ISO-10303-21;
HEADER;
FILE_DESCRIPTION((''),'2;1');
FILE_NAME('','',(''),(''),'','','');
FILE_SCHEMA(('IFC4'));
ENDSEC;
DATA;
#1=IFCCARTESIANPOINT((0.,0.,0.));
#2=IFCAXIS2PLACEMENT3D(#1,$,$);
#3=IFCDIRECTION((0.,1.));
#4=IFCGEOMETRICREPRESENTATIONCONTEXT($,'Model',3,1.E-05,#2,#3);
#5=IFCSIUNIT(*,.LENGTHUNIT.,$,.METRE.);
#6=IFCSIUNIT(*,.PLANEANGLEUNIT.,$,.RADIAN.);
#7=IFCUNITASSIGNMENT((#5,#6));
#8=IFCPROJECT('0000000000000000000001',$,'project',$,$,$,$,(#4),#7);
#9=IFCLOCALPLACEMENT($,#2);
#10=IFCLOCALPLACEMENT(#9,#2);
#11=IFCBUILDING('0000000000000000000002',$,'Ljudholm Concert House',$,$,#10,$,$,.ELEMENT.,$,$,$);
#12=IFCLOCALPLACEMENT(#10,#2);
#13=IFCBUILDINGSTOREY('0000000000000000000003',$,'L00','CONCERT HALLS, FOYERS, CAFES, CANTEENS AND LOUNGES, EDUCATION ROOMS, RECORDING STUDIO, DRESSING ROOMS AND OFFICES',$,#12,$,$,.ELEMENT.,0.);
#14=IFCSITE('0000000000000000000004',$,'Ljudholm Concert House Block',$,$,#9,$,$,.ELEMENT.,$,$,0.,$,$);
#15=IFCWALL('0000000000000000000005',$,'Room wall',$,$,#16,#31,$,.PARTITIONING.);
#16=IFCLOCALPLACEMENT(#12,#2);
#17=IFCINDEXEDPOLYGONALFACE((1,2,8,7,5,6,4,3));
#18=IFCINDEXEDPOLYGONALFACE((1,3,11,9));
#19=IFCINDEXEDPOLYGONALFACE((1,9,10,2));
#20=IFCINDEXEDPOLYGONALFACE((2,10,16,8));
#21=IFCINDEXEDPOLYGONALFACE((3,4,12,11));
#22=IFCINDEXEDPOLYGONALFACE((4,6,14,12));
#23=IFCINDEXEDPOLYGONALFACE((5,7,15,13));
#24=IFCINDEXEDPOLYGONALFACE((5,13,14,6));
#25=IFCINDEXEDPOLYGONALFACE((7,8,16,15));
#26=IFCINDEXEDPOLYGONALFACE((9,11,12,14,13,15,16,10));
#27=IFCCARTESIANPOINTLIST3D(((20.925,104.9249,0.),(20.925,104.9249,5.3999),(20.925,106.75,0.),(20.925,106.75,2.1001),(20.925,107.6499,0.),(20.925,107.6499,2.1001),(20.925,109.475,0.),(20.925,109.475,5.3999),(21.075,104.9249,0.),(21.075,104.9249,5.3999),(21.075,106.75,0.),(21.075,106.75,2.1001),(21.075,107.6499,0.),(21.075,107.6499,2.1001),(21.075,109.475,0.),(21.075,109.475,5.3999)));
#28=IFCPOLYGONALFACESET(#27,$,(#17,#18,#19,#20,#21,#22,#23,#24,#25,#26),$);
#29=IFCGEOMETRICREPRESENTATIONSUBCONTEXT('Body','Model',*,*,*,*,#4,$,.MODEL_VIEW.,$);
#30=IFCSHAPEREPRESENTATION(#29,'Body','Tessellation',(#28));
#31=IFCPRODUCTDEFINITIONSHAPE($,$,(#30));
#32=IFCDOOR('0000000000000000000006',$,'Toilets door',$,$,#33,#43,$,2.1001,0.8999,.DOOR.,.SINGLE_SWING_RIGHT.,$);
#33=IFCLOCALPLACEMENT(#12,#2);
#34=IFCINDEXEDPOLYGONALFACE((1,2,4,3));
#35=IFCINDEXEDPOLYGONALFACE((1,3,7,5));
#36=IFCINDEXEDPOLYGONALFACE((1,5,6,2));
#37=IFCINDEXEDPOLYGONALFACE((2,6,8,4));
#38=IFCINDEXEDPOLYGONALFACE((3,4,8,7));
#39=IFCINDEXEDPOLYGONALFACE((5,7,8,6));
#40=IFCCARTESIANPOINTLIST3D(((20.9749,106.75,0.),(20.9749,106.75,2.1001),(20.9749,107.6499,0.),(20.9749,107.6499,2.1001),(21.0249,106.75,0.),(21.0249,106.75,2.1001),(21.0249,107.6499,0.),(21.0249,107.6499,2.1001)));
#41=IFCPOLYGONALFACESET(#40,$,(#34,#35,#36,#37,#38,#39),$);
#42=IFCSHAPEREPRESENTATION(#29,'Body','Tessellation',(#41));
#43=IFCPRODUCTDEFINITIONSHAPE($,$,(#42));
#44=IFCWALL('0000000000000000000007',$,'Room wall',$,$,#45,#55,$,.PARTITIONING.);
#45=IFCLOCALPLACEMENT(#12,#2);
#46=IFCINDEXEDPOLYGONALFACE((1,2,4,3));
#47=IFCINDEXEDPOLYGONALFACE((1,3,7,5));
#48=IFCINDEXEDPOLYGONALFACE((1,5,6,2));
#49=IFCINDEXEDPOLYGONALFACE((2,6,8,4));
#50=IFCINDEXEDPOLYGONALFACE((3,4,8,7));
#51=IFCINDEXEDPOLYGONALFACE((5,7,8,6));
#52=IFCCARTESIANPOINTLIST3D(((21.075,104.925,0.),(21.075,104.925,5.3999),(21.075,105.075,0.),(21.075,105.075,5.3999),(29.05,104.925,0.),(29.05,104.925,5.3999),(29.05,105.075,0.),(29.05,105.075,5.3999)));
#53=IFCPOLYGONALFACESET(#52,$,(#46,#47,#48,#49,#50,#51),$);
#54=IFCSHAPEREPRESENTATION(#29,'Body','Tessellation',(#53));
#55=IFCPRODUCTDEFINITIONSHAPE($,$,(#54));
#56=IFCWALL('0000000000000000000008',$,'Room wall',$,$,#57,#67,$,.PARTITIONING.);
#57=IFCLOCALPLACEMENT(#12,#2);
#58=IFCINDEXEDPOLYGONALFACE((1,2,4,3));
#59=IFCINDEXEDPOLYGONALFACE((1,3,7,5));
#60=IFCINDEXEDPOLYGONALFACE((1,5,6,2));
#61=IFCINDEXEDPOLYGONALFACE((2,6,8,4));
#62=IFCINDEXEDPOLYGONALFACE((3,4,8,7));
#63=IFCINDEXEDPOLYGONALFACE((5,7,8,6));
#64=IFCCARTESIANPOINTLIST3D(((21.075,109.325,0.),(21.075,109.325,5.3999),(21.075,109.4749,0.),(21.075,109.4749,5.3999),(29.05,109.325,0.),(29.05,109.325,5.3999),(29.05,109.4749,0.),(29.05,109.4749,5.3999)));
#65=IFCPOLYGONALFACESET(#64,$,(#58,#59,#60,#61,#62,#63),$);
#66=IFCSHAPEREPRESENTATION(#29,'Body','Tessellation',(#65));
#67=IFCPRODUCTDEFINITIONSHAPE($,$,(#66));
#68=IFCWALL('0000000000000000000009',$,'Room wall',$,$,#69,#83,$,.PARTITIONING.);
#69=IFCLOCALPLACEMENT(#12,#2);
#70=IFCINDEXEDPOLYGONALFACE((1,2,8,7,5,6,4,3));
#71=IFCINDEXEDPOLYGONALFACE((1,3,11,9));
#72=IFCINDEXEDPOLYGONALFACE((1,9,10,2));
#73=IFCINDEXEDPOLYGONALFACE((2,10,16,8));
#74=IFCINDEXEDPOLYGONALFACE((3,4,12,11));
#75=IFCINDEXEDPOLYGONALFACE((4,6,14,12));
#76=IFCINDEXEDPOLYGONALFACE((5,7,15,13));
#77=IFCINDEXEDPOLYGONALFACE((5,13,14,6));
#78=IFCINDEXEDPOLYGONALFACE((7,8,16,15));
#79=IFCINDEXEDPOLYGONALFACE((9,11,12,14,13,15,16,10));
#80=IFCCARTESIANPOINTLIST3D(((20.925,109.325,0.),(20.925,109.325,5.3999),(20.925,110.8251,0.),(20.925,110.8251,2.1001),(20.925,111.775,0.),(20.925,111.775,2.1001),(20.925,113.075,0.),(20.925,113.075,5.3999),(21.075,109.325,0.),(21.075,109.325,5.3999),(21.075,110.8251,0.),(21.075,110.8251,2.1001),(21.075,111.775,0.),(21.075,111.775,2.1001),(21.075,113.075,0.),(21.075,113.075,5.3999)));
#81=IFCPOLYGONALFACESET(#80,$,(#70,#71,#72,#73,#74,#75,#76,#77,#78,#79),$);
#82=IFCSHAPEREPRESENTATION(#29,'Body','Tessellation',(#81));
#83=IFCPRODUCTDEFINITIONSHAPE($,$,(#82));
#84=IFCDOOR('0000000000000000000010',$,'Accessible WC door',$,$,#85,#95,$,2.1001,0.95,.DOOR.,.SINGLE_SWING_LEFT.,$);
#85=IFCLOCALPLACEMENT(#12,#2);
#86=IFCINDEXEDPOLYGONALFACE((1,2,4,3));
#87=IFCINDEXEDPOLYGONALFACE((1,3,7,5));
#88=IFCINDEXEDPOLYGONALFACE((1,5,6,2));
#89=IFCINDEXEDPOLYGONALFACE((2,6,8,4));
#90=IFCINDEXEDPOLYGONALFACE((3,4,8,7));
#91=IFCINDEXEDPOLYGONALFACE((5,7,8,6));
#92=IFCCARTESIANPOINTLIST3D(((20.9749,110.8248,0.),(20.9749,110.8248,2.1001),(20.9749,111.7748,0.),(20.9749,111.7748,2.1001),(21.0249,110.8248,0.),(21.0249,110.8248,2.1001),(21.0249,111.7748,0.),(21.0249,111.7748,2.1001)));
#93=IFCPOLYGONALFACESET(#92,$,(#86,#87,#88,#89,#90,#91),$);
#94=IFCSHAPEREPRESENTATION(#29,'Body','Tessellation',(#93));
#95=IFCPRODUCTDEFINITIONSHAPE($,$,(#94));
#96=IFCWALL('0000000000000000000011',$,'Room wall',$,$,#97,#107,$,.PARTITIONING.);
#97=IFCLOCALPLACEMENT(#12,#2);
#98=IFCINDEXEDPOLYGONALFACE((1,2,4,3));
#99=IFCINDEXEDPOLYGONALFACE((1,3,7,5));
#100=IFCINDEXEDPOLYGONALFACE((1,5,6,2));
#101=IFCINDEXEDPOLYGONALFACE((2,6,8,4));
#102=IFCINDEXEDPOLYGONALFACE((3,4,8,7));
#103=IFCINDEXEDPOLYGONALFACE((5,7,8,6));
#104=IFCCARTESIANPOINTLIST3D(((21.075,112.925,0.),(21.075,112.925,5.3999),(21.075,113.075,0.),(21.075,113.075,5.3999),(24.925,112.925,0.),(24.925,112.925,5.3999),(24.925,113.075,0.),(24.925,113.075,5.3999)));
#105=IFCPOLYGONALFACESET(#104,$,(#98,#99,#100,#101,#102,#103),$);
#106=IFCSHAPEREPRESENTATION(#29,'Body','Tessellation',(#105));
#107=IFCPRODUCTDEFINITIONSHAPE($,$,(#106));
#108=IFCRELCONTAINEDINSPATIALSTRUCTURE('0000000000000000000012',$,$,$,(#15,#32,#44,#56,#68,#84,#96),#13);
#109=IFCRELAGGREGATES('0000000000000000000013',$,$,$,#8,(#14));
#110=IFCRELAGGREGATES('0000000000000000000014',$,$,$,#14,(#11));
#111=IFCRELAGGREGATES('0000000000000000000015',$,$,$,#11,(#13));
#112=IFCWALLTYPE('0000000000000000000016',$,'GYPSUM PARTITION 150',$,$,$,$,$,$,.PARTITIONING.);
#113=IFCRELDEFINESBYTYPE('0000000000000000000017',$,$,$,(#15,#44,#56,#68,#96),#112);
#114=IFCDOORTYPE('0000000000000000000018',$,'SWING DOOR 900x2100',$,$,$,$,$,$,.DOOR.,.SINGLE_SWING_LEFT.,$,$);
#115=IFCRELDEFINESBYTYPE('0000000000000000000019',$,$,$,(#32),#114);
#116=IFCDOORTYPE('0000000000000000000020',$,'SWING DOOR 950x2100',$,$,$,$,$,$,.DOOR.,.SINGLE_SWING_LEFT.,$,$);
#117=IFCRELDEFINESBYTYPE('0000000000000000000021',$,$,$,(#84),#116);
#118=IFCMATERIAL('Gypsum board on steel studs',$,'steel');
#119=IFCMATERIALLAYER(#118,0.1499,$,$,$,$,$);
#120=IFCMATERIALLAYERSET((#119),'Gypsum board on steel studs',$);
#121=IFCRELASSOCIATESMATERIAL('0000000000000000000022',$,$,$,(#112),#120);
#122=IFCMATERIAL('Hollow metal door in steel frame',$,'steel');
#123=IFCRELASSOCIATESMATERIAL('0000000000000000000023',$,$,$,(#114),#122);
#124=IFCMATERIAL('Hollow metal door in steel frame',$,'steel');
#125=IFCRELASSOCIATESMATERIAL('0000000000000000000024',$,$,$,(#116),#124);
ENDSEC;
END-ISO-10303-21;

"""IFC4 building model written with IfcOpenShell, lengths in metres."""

from ifc_helpers import new_model, si_unit, direction, frame, frame_2d, origin, place, context, subcontext, project, spatial, rectangle, extrude, material, layer, layer_set, type_object, element, fill, save


model = new_model("IFC4")

# Units and contexts
model_context = context("Model", 3, precision=1e-05, world=origin(), true_north=direction((0.0, 1.0)))
body_context = subcontext(model_context, "Body", "Model", "MODEL_VIEW")
ifc_project = project(units=[si_unit("LENGTHUNIT", "METRE"), si_unit("PLANEANGLEUNIT", "RADIAN")], contexts=[model_context])

# Site, building, storey
site_placement = place(None, origin())
site = spatial("IfcSite", under=ifc_project, at=site_placement, Name="Ljudholm Concert House Block", CompositionType="ELEMENT", RefElevation=0.0)
building_placement = place(site_placement, origin())
building = spatial("IfcBuilding", under=site, at=building_placement, Name="Ljudholm Concert House", CompositionType="ELEMENT")
storey_placement = place(building_placement, origin())
storey = spatial("IfcBuildingStorey", under=building, at=storey_placement, Name="L00", Description="CONCERT HALLS, FOYERS, CAFES, CANTEENS AND LOUNGES, EDUCATION ROOMS, RECORDING STUDIO, DRESSING ROOMS AND OFFICES", CompositionType="ELEMENT", Elevation=0.0)

# Wall, opening, door
ifc_material_1 = material(Name="Gypsum board on steel studs", Category="steel")
ifc_layer_1 = layer(ifc_material_1, 0.1499)
ifc_layer_set_1 = layer_set([ifc_layer_1], Name="Gypsum board on steel studs")
wall_type_1 = type_object("IfcWallType", Name="GYPSUM PARTITION 150", PredefinedType="PARTITIONING", material=ifc_layer_set_1)
wall_1_placement = place(storey_placement, frame((21.0, 104.925, 0.0), z_axis=(0.0, 0.0, 1.0), x_axis=(0.0, 1.0, 0.0)))
wall_1 = element("IfcWall", 1, at=wall_1_placement, inside=storey, type_object=wall_type_1, Name="Room wall", PredefinedType="PARTITIONING", context=body_context, shape_type="SweptSolid", body=[
    extrude(rectangle(XDim=4.55, YDim=0.1499, at=frame_2d((2.2749, 0.0))), origin(), (0.0, 0.0, 1.0), 5.3999),
])
opening_1_placement = place(wall_1_placement, frame((1.825, 0.0, 0.0)))
opening_1 = element("IfcOpeningElement", 2, at=opening_1_placement, cuts=wall_1, PredefinedType="OPENING", context=body_context, shape_type="SweptSolid", body=[
    extrude(rectangle(XDim=0.8999, YDim=2.1001, at=frame_2d((0.45, 1.05))), frame((0.0, 0.085, 0.0), z_axis=(0.0, -1.0, 0.0), x_axis=(1.0, 0.0, 0.0)), (0.0, 0.0, 1.0), 0.1699),
])
ifc_material_2 = material(Name="Hollow metal door in steel frame", Category="steel")
door_type_1 = type_object("IfcDoorType", Name="SWING DOOR 900x2100", OperationType="SINGLE_SWING_LEFT", PredefinedType="DOOR", material=ifc_material_2)
door_1_placement = place(opening_1_placement, frame((0.8999, 0.0, 0.0), z_axis=(0.0, 0.0, 1.0), x_axis=(-1.0, 0.0, 0.0)))
door_1 = element("IfcDoor", 3, at=door_1_placement, inside=storey, type_object=door_type_1, Name="Toilets door", OperationType="SINGLE_SWING_RIGHT", OverallHeight=2.1001, OverallWidth=0.8999, PredefinedType="DOOR", context=body_context, shape_type="SweptSolid", body=[
    extrude(rectangle(XDim=0.8999, YDim=2.1001, at=frame_2d((0.45, 1.05))), frame((0.0, 0.0249, 0.0), z_axis=(0.0, -1.0, 0.0), x_axis=(1.0, 0.0, 0.0)), (0.0, 0.0, 1.0), 0.05),
])
fill(opening_1, door_1)

# Walls
for number, where, z_axis, x_axis, name in (
    (4, (21.075, 105.0, 0.0), (0.0, 0.0, 1.0), (1.0, 0.0, 0.0), "Room wall"),
    (5, (21.075, 109.3999, 0.0), (0.0, 0.0, 1.0), (1.0, 0.0, 0.0), "Room wall"),
):
    element("IfcWall", number, at=place(storey_placement, frame(where, z_axis=z_axis, x_axis=x_axis)), inside=storey, type_object=wall_type_1, Name=name, PredefinedType="PARTITIONING", context=body_context, shape_type="SweptSolid", body=[
        extrude(rectangle(XDim=7.9751, YDim=0.1499, at=frame_2d((3.9875, 0.0))), origin(), (0.0, 0.0, 1.0), 5.3999),
    ])

# Wall, opening, door
wall_2_placement = place(storey_placement, frame((21.0, 109.325, 0.0), z_axis=(0.0, 0.0, 1.0), x_axis=(0.0, 1.0, 0.0)))
wall_2 = element("IfcWall", 6, at=wall_2_placement, inside=storey, type_object=wall_type_1, Name="Room wall", PredefinedType="PARTITIONING", context=body_context, shape_type="SweptSolid", body=[
    extrude(rectangle(XDim=3.75, YDim=0.1499, at=frame_2d((1.875, 0.0))), origin(), (0.0, 0.0, 1.0), 5.3999),
])
opening_2_placement = place(wall_2_placement, frame((1.5, 0.0, 0.0)))
opening_2 = element("IfcOpeningElement", 7, at=opening_2_placement, cuts=wall_2, PredefinedType="OPENING", context=body_context, shape_type="SweptSolid", body=[
    extrude(rectangle(XDim=0.95, YDim=2.1001, at=frame_2d((0.4751, 1.05))), frame((0.0, 0.085, 0.0), z_axis=(0.0, -1.0, 0.0), x_axis=(1.0, 0.0, 0.0)), (0.0, 0.0, 1.0), 0.1699),
])
ifc_material_3 = material(Name="Hollow metal door in steel frame", Category="steel")
door_type_2 = type_object("IfcDoorType", Name="SWING DOOR 950x2100", OperationType="SINGLE_SWING_LEFT", PredefinedType="DOOR", material=ifc_material_3)
door_2_placement = place(opening_2_placement, frame((0.95, 0.0, 0.0), z_axis=(0.0, 0.0, 1.0), x_axis=(-1.0, 0.0, 0.0)))
door_2 = element("IfcDoor", 8, at=door_2_placement, inside=storey, type_object=door_type_2, Name="Accessible WC door", OperationType="SINGLE_SWING_LEFT", OverallHeight=2.1001, OverallWidth=0.95, PredefinedType="DOOR", context=body_context, shape_type="SweptSolid", body=[
    extrude(rectangle(XDim=0.95, YDim=2.1001, at=frame_2d((0.4751, 1.05))), frame((0.0, 0.0249, 0.0), z_axis=(0.0, -1.0, 0.0), x_axis=(1.0, 0.0, 0.0)), (0.0, 0.0, 1.0), 0.05),
])
fill(opening_2, door_2)

# Wall
wall_3_placement = place(storey_placement, frame((21.075, 113.0, 0.0), z_axis=(0.0, 0.0, 1.0), x_axis=(1.0, 0.0, 0.0)))
element("IfcWall", 9, at=wall_3_placement, inside=storey, type_object=wall_type_1, Name="Room wall", PredefinedType="PARTITIONING", context=body_context, shape_type="SweptSolid", body=[
    extrude(rectangle(XDim=3.8501, YDim=0.1499, at=frame_2d((1.925, 0.0))), origin(), (0.0, 0.0, 1.0), 5.3999),
])

save(model, "model.ifc")
